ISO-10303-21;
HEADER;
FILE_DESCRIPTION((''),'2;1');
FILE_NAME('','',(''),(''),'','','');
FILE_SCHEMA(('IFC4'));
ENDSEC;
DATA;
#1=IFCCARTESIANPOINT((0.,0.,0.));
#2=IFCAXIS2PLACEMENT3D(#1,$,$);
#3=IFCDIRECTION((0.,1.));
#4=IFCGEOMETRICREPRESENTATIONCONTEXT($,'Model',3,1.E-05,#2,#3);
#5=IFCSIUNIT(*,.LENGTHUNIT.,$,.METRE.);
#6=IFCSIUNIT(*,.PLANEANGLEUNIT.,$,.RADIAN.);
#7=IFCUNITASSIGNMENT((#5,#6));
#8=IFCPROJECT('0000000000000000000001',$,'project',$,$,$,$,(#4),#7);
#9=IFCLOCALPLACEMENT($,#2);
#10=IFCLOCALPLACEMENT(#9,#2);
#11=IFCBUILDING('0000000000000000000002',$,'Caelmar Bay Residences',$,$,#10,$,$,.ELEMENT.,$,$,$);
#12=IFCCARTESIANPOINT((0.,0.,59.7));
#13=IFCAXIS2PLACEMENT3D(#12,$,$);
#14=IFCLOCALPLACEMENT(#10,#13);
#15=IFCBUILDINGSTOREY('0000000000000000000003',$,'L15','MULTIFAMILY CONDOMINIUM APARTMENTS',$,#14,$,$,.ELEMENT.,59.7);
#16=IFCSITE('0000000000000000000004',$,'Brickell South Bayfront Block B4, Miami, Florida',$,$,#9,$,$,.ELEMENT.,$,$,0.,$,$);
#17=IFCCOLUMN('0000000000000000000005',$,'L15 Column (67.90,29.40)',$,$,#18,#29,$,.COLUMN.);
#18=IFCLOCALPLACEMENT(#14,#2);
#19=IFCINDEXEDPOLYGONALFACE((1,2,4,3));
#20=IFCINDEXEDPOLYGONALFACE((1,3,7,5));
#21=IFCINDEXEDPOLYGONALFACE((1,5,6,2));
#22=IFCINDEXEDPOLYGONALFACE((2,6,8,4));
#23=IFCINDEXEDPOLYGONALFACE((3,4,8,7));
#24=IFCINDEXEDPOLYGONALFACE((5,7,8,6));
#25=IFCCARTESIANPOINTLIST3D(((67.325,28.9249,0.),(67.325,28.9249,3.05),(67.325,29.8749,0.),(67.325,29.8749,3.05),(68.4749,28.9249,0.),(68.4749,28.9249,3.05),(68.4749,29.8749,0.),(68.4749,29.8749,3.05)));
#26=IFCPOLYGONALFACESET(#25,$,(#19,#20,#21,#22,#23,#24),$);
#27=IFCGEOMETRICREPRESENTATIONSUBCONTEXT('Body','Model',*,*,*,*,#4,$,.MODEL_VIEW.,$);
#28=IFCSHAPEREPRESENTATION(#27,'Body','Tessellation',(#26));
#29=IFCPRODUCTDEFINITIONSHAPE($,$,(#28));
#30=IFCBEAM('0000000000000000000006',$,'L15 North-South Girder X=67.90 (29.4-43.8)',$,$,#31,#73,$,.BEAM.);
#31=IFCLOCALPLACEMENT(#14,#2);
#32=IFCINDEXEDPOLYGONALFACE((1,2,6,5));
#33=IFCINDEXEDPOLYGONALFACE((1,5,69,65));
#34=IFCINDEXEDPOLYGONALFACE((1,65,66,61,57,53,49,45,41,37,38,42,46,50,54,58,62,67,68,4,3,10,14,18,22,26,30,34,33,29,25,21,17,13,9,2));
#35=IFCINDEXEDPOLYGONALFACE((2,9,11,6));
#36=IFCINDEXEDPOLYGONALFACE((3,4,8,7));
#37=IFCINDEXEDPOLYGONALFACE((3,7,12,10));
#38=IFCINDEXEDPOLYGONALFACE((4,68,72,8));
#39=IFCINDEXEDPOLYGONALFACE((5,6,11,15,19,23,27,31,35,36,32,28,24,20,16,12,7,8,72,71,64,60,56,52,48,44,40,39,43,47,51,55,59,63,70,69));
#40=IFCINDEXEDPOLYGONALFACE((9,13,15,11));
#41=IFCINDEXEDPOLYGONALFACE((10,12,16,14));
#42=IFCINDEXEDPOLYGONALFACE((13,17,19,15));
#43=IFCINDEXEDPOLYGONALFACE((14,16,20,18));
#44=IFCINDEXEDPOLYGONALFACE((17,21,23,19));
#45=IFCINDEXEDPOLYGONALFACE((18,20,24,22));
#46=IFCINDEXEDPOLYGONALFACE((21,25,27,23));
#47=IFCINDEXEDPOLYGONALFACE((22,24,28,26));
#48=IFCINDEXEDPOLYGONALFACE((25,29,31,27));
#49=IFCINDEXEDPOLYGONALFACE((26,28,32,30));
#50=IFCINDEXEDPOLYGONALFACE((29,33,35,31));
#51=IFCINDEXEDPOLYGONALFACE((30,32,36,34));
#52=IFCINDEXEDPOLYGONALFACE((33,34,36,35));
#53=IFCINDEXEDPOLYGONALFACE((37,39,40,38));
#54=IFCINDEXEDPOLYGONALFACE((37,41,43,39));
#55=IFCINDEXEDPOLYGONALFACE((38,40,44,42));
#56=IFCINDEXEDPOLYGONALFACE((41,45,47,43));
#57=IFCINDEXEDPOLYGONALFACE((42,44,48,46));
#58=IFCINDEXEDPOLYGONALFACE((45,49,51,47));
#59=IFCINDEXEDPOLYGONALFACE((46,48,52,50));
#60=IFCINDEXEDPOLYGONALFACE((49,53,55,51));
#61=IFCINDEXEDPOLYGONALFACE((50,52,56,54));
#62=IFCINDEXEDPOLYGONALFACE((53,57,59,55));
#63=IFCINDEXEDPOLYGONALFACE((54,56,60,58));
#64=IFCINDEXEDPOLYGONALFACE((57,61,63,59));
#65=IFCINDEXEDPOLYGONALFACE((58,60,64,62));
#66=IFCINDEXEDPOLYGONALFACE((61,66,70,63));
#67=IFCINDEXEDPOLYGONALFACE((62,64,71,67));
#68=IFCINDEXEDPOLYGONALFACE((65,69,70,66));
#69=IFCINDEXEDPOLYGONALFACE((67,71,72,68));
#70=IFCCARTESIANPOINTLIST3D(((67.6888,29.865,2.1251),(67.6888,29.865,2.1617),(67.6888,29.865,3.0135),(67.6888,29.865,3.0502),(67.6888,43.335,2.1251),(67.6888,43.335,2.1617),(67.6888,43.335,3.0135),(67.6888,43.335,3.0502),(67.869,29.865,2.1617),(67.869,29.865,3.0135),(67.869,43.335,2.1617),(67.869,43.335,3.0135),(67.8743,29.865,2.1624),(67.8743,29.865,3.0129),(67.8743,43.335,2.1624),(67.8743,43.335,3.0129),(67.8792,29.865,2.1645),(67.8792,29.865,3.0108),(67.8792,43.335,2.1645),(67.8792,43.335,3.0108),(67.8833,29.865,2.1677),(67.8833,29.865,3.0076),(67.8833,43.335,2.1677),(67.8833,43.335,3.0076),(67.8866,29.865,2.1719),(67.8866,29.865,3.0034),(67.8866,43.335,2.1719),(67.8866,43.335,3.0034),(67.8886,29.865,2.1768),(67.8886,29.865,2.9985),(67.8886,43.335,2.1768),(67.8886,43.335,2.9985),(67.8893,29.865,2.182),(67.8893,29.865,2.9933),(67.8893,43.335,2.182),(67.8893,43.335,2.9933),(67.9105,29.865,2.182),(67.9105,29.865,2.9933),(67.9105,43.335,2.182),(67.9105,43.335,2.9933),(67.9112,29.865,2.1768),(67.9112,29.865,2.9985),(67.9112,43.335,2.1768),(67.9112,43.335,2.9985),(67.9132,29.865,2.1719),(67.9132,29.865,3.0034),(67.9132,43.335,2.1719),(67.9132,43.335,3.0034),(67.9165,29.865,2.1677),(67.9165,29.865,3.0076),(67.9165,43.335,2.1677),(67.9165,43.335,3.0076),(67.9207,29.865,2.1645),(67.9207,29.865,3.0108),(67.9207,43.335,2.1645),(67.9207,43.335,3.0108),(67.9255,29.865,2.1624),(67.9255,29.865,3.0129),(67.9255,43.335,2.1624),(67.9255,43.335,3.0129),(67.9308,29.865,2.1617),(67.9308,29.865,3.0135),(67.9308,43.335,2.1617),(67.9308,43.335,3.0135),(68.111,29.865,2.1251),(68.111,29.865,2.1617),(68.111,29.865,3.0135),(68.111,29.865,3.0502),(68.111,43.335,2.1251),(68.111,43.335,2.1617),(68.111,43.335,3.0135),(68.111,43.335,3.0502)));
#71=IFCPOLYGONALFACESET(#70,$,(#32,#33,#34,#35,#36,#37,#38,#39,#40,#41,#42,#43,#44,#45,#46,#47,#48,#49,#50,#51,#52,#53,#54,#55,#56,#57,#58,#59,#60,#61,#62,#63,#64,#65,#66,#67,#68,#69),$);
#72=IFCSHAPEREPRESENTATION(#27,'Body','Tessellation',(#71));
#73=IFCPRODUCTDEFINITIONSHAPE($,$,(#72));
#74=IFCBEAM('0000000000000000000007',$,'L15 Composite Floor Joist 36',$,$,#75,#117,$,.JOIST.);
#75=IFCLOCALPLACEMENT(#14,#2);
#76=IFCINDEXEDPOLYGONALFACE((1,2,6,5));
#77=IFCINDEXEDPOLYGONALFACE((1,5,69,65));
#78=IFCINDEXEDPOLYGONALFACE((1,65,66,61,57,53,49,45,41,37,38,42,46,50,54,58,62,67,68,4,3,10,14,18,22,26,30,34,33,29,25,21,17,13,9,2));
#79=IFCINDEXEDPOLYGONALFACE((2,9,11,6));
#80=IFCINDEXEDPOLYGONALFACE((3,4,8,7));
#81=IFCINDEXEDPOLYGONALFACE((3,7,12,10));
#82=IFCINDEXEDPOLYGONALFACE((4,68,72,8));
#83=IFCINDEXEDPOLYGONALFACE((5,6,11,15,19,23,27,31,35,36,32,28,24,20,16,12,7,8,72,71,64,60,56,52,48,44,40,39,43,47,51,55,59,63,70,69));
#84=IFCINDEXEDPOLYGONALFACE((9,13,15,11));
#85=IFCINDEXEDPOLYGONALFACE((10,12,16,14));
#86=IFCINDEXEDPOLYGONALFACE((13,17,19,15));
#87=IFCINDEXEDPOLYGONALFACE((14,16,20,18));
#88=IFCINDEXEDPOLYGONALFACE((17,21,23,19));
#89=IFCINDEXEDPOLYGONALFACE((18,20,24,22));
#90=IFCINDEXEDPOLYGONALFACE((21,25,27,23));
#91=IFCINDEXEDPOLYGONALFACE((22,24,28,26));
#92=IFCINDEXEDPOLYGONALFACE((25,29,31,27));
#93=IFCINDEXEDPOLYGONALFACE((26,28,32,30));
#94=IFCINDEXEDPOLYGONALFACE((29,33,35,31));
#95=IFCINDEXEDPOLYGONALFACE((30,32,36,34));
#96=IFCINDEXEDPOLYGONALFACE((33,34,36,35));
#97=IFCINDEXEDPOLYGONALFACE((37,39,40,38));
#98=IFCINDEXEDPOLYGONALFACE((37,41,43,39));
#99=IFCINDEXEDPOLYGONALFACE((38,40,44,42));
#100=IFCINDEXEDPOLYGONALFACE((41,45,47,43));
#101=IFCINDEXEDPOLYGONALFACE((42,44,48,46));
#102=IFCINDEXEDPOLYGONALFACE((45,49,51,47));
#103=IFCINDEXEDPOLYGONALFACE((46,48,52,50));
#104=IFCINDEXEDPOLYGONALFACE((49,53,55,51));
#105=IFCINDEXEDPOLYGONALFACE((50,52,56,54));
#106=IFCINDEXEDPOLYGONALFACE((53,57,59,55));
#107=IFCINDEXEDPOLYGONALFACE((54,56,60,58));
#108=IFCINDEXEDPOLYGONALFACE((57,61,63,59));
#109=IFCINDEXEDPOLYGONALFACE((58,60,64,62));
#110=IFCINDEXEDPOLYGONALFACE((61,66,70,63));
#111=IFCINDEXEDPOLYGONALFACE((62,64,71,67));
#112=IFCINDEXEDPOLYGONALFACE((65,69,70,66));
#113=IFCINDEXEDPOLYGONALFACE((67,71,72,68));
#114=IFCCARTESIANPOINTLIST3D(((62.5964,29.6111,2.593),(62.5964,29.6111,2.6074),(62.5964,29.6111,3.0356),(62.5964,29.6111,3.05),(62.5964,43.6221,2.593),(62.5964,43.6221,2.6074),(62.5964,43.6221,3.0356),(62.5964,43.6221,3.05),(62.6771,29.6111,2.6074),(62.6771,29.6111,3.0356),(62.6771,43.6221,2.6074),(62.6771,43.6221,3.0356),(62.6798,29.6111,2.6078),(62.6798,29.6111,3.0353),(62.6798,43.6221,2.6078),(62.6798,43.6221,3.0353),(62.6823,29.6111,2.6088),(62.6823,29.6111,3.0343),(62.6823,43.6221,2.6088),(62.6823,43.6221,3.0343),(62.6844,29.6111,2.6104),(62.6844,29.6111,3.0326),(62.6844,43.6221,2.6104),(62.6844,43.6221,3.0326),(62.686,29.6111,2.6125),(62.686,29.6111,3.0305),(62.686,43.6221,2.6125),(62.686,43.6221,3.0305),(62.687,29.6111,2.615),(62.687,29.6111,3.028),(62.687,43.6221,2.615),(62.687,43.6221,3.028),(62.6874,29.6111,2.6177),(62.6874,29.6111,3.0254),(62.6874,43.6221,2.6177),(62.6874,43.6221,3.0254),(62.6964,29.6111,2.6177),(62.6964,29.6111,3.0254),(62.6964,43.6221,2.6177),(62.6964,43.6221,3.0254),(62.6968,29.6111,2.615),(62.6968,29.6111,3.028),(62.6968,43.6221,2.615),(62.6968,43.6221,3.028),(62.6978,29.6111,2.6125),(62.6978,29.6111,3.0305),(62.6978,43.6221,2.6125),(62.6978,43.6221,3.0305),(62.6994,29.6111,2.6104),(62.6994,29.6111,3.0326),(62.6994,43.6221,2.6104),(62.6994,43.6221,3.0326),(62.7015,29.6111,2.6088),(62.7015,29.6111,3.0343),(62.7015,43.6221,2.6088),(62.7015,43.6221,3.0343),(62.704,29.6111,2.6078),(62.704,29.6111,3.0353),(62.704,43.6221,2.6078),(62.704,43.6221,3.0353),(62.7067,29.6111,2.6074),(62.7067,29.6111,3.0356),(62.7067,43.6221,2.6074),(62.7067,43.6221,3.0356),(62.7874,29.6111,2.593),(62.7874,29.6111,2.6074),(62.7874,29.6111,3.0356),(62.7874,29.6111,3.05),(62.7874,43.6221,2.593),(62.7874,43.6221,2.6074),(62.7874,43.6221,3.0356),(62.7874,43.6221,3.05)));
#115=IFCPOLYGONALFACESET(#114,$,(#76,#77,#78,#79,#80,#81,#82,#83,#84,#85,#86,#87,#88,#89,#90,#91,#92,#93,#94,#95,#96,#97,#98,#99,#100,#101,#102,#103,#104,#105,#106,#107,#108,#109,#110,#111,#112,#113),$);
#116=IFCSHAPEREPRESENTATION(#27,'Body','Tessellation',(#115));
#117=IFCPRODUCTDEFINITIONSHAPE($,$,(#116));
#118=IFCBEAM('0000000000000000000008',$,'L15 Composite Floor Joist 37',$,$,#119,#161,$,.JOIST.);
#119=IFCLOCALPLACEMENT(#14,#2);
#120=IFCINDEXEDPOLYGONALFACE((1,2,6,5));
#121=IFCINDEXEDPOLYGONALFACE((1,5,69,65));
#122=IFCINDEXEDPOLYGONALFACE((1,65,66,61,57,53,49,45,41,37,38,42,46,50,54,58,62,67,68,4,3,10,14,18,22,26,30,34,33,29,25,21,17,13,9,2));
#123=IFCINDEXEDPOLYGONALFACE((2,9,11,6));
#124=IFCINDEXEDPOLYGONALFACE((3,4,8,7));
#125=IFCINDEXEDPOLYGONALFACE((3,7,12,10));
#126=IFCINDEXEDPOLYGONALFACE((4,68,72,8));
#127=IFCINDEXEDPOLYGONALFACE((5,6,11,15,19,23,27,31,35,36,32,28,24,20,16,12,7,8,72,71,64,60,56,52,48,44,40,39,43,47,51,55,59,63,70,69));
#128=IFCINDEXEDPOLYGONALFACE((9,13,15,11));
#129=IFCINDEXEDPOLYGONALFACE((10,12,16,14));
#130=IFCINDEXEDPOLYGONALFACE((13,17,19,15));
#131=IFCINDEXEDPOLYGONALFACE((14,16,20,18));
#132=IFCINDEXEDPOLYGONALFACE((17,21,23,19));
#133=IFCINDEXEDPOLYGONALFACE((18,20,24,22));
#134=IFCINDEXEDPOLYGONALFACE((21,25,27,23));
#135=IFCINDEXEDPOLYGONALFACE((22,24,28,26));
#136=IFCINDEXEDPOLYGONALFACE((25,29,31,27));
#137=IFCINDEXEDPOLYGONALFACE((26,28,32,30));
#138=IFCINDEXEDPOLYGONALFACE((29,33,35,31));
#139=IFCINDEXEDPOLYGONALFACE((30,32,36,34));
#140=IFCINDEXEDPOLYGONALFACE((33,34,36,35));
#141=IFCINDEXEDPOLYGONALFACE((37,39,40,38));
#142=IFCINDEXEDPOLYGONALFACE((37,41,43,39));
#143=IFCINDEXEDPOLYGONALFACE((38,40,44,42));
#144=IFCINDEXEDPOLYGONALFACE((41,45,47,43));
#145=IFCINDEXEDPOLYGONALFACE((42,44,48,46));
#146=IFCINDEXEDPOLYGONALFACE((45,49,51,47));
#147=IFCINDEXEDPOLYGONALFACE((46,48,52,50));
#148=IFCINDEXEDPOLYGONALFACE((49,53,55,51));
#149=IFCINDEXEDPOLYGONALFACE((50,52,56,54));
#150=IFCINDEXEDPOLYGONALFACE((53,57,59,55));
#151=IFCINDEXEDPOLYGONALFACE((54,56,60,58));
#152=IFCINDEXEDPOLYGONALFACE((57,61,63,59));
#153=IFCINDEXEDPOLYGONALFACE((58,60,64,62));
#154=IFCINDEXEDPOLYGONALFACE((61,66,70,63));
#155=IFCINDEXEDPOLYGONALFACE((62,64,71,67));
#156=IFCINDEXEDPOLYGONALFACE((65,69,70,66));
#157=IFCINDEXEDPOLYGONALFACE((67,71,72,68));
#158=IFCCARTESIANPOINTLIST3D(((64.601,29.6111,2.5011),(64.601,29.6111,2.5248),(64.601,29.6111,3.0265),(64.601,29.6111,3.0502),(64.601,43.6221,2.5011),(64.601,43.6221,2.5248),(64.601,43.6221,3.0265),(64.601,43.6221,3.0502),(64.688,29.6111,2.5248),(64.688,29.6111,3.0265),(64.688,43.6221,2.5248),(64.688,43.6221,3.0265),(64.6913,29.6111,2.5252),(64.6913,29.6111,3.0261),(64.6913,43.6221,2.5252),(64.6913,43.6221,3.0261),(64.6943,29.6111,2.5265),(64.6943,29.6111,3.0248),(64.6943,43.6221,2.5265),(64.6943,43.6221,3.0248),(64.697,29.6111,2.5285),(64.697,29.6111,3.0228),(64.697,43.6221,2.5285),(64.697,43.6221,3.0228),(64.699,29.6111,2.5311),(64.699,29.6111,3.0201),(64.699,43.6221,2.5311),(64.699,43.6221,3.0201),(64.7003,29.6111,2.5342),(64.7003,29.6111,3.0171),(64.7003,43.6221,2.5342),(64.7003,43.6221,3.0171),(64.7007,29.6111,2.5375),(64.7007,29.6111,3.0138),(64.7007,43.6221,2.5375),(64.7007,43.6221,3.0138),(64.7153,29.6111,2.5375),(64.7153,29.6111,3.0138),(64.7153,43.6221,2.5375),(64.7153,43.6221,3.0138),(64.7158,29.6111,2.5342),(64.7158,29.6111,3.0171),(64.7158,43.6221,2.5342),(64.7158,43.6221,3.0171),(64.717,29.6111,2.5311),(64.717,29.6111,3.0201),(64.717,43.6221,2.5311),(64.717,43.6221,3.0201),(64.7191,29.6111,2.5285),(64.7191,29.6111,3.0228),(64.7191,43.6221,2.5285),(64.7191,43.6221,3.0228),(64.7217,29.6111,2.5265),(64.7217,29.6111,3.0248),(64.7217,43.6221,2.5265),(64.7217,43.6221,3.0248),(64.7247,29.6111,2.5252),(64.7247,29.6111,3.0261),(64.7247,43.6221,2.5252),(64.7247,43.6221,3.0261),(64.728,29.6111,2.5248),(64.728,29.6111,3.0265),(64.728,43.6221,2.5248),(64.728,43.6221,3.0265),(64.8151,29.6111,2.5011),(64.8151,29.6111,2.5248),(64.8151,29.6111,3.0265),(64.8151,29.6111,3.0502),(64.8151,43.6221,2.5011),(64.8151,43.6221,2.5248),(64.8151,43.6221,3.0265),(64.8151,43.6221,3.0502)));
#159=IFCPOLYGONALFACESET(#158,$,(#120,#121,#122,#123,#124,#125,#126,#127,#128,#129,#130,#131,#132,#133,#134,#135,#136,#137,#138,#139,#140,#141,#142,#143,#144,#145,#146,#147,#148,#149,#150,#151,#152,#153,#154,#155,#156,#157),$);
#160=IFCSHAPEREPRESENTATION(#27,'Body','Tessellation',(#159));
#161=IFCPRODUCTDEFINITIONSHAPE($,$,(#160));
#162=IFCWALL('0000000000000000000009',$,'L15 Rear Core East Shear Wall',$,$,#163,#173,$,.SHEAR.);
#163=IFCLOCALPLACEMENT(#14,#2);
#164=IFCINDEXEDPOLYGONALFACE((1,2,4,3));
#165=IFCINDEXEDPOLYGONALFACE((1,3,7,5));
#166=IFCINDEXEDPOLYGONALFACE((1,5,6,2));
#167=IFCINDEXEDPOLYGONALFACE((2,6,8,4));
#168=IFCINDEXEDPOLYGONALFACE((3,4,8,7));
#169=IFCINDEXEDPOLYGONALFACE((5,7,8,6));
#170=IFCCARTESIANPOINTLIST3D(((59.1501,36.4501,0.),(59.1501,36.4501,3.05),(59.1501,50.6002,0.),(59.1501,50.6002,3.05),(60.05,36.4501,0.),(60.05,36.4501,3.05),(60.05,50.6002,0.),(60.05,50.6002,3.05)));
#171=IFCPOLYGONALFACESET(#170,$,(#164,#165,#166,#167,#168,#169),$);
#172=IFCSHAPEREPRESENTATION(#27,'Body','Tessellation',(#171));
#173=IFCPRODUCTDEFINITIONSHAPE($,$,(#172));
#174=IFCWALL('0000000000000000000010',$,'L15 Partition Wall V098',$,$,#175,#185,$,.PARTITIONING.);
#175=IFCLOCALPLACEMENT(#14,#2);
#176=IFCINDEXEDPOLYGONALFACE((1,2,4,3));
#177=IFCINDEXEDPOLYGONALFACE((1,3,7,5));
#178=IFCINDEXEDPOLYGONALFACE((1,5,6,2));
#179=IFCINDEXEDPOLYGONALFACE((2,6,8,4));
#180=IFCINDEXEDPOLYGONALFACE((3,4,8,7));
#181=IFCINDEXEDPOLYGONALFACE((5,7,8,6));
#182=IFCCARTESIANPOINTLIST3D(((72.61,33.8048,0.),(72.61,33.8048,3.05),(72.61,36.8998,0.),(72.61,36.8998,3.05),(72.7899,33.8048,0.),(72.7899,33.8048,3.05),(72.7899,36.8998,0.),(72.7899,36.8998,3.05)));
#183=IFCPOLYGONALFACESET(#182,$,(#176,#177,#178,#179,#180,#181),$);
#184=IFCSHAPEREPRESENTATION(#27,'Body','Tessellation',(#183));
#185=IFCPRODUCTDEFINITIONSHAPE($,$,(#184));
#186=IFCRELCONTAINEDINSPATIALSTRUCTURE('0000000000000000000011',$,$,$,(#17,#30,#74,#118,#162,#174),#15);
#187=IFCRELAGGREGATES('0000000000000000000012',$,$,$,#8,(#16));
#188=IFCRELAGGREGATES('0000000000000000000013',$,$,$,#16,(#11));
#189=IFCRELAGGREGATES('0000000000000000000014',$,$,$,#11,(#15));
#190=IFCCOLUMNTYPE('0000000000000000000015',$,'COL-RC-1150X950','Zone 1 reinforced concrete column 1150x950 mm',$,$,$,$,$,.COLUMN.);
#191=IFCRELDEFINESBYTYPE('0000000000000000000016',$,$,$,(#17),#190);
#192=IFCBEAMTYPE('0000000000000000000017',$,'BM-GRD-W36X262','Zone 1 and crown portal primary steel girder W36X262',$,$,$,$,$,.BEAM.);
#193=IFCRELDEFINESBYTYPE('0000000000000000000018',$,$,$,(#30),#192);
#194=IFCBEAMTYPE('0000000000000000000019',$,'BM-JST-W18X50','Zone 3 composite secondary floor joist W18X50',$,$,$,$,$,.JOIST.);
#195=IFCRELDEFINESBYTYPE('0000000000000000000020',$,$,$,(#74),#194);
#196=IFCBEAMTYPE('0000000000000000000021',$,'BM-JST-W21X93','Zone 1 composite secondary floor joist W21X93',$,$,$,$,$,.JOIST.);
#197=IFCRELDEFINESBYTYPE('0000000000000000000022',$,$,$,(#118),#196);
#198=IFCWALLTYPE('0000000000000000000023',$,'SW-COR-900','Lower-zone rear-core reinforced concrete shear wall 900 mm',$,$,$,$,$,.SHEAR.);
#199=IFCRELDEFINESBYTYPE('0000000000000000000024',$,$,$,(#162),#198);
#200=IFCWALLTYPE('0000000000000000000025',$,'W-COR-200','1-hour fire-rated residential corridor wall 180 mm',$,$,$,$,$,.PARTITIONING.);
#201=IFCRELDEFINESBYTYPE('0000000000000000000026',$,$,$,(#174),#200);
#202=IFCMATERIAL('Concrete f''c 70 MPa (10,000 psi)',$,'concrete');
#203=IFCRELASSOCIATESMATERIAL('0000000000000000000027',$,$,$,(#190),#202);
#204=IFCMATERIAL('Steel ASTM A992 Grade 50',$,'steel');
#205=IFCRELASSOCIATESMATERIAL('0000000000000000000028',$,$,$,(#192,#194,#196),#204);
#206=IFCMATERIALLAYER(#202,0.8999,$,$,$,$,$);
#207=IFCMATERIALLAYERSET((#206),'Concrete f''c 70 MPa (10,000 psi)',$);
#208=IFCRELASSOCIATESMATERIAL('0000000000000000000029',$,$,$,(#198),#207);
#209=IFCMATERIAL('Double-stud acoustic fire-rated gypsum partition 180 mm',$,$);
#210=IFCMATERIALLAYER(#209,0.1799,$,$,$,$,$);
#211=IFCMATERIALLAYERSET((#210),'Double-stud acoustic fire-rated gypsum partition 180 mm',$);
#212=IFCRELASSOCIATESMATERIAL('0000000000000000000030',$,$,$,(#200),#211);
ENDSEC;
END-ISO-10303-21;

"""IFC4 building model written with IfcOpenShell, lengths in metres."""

from ifc_helpers import new_model, si_unit, direction, frame, frame_2d, origin, origin_2d, place, context, subcontext, project, spatial, rectangle, i_section, extrude, material, layer, layer_set, material_profile, profile_set, type_object, element, save


model = new_model("IFC4")

# Units and contexts
model_context = context("Model", 3, precision=1e-05, world=origin(), true_north=direction((0.0, 1.0)))
body_context = subcontext(model_context, "Body", "Model", "MODEL_VIEW")
ifc_project = project(units=[si_unit("LENGTHUNIT", "METRE"), si_unit("PLANEANGLEUNIT", "RADIAN")], contexts=[model_context])

# Site, building, storey
site_placement = place(None, origin())
site = spatial("IfcSite", under=ifc_project, at=site_placement, Name="Brickell South Bayfront Block B4, Miami, Florida", CompositionType="ELEMENT", RefElevation=0.0)
building_placement = place(site_placement, origin())
building = spatial("IfcBuilding", under=site, at=building_placement, Name="Caelmar Bay Residences", CompositionType="ELEMENT")
storey_placement = place(building_placement, frame((0.0, 0.0, 59.7)))
storey = spatial("IfcBuildingStorey", under=building, at=storey_placement, Name="L15", Description="MULTIFAMILY CONDOMINIUM APARTMENTS", CompositionType="ELEMENT", Elevation=59.7)

# Column
ifc_material_1 = material(Name="Concrete f'c 70 MPa (10,000 psi)", Category="concrete")
ifc_material_profile_1 = material_profile(ifc_material_1, rectangle(XDim=1.1499, YDim=0.95, at=origin_2d()), Name="RC-COL-1150X950")
ifc_profile_set_1 = profile_set([ifc_material_profile_1], Name="Concrete f'c 70 MPa (10,000 psi)")
column_type = type_object("IfcColumnType", Name="COL-RC-1150X950", Description="Zone 1 reinforced concrete column 1150x950 mm", PredefinedType="COLUMN", material=ifc_profile_set_1)
column_placement = place(storey_placement, frame((67.8999, 29.3999, 0.0), z_axis=(0.0, 0.0, 1.0), x_axis=(1.0, 0.0, 0.0)))
element("IfcColumn", 1, at=column_placement, inside=storey, type_object=column_type, Name="L15 Column (67.90,29.40)", PredefinedType="COLUMN", context=body_context, shape_type="SweptSolid", body=[
    extrude(rectangle(XDim=1.1499, YDim=0.95, at=origin_2d()), origin(), (0.0, 0.0, 1.0), 3.05),
])

# Beams
ifc_material_2 = material(Name="Steel ASTM A992 Grade 50", Category="steel")
ifc_material_profile_2 = material_profile(ifc_material_2, i_section(OverallWidth=0.4221, OverallDepth=0.925, WebThickness=0.0212, FlangeThickness=0.0366, FilletRadius=0.0203, at=origin_2d()), Name="W36X262")
ifc_profile_set_2 = profile_set([ifc_material_profile_2], Name="Steel ASTM A992 Grade 50")
beam_type_1 = type_object("IfcBeamType", Name="BM-GRD-W36X262", Description="Zone 1 and crown portal primary steel girder W36X262", PredefinedType="BEAM", material=ifc_profile_set_2)
beam_1_placement = place(storey_placement, frame((67.8999, 29.865, 2.5876), z_axis=(0.0, 1.0, 0.0), x_axis=(-1.0, 0.0, 0.0)))
element("IfcBeam", 2, at=beam_1_placement, inside=storey, type_object=beam_type_1, Name="L15 North-South Girder X=67.90 (29.4-43.8)", PredefinedType="BEAM", context=body_context, shape_type="SweptSolid", body=[
    extrude(i_section(OverallWidth=0.4221, OverallDepth=0.925, WebThickness=0.0212, FlangeThickness=0.0366, FilletRadius=0.0203, at=origin_2d()), origin(), (0.0, 0.0, 1.0), 13.47),
])
ifc_material_profile_3 = material_profile(ifc_material_2, i_section(OverallWidth=0.1909, OverallDepth=0.457, WebThickness=0.009, FlangeThickness=0.0144, FilletRadius=0.0103, at=origin_2d()), Name="W18X50")
ifc_profile_set_3 = profile_set([ifc_material_profile_3], Name="Steel ASTM A992 Grade 50")
beam_type_2 = type_object("IfcBeamType", Name="BM-JST-W18X50", Description="Zone 3 composite secondary floor joist W18X50", PredefinedType="JOIST", material=ifc_profile_set_3)
beam_2_placement = place(storey_placement, frame((62.6919, 29.6111, 2.8215), z_axis=(0.0, 1.0, 0.0), x_axis=(-1.0, 0.0, 0.0)))
element("IfcBeam", 3, at=beam_2_placement, inside=storey, type_object=beam_type_2, Name="L15 Composite Floor Joist 36", PredefinedType="JOIST", context=body_context, shape_type="SweptSolid", body=[
    extrude(i_section(OverallWidth=0.1909, OverallDepth=0.457, WebThickness=0.009, FlangeThickness=0.0144, FilletRadius=0.0103, at=origin_2d()), origin(), (0.0, 0.0, 1.0), 14.011),
])
ifc_material_profile_4 = material_profile(ifc_material_2, i_section(OverallWidth=0.2141, OverallDepth=0.5491, WebThickness=0.0146, FlangeThickness=0.0237, FilletRadius=0.0127, at=origin_2d()), Name="W21X93")
ifc_profile_set_4 = profile_set([ifc_material_profile_4], Name="Steel ASTM A992 Grade 50")
beam_type_3 = type_object("IfcBeamType", Name="BM-JST-W21X93", Description="Zone 1 composite secondary floor joist W21X93", PredefinedType="JOIST", material=ifc_profile_set_4)
beam_3_placement = place(storey_placement, frame((64.708, 29.6111, 2.7756), z_axis=(0.0, 1.0, 0.0), x_axis=(-1.0, 0.0, 0.0)))
element("IfcBeam", 4, at=beam_3_placement, inside=storey, type_object=beam_type_3, Name="L15 Composite Floor Joist 37", PredefinedType="JOIST", context=body_context, shape_type="SweptSolid", body=[
    extrude(i_section(OverallWidth=0.2141, OverallDepth=0.5491, WebThickness=0.0146, FlangeThickness=0.0237, FilletRadius=0.0127, at=origin_2d()), origin(), (0.0, 0.0, 1.0), 14.011),
])

# Walls
ifc_layer_1 = layer(ifc_material_1, 0.8999)
ifc_layer_set_1 = layer_set([ifc_layer_1], Name="Concrete f'c 70 MPa (10,000 psi)")
wall_type_1 = type_object("IfcWallType", Name="SW-COR-900", Description="Lower-zone rear-core reinforced concrete shear wall 900 mm", PredefinedType="SHEAR", material=ifc_layer_set_1)
wall_1_placement = place(storey_placement, frame((59.6001, 36.45, 0.0), z_axis=(0.0, 0.0, 1.0), x_axis=(0.0, 1.0, 0.0)))
element("IfcWall", 5, at=wall_1_placement, inside=storey, type_object=wall_type_1, Name="L15 Rear Core East Shear Wall", PredefinedType="SHEAR", context=body_context, shape_type="SweptSolid", body=[
    extrude(rectangle(XDim=14.1501, YDim=0.8999, at=frame_2d((7.0752, 0.0))), origin(), (0.0, 0.0, 1.0), 3.05),
])
ifc_material_3 = material(Name="Double-stud acoustic fire-rated gypsum partition 180 mm")
ifc_layer_2 = layer(ifc_material_3, 0.1799)
ifc_layer_set_2 = layer_set([ifc_layer_2], Name="Double-stud acoustic fire-rated gypsum partition 180 mm")
wall_type_2 = type_object("IfcWallType", Name="W-COR-200", Description="1-hour fire-rated residential corridor wall 180 mm", PredefinedType="PARTITIONING", material=ifc_layer_set_2)
wall_2_placement = place(storey_placement, frame((72.7, 33.8049, 0.0), z_axis=(0.0, 0.0, 1.0), x_axis=(0.0, 1.0, 0.0)))
element("IfcWall", 6, at=wall_2_placement, inside=storey, type_object=wall_type_2, Name="L15 Partition Wall V098", PredefinedType="PARTITIONING", context=body_context, shape_type="SweptSolid", body=[
    extrude(rectangle(XDim=3.095, YDim=0.1799, at=frame_2d((1.5474, 0.0))), origin(), (0.0, 0.0, 1.0), 3.05),
])

save(model, "model.ifc")
